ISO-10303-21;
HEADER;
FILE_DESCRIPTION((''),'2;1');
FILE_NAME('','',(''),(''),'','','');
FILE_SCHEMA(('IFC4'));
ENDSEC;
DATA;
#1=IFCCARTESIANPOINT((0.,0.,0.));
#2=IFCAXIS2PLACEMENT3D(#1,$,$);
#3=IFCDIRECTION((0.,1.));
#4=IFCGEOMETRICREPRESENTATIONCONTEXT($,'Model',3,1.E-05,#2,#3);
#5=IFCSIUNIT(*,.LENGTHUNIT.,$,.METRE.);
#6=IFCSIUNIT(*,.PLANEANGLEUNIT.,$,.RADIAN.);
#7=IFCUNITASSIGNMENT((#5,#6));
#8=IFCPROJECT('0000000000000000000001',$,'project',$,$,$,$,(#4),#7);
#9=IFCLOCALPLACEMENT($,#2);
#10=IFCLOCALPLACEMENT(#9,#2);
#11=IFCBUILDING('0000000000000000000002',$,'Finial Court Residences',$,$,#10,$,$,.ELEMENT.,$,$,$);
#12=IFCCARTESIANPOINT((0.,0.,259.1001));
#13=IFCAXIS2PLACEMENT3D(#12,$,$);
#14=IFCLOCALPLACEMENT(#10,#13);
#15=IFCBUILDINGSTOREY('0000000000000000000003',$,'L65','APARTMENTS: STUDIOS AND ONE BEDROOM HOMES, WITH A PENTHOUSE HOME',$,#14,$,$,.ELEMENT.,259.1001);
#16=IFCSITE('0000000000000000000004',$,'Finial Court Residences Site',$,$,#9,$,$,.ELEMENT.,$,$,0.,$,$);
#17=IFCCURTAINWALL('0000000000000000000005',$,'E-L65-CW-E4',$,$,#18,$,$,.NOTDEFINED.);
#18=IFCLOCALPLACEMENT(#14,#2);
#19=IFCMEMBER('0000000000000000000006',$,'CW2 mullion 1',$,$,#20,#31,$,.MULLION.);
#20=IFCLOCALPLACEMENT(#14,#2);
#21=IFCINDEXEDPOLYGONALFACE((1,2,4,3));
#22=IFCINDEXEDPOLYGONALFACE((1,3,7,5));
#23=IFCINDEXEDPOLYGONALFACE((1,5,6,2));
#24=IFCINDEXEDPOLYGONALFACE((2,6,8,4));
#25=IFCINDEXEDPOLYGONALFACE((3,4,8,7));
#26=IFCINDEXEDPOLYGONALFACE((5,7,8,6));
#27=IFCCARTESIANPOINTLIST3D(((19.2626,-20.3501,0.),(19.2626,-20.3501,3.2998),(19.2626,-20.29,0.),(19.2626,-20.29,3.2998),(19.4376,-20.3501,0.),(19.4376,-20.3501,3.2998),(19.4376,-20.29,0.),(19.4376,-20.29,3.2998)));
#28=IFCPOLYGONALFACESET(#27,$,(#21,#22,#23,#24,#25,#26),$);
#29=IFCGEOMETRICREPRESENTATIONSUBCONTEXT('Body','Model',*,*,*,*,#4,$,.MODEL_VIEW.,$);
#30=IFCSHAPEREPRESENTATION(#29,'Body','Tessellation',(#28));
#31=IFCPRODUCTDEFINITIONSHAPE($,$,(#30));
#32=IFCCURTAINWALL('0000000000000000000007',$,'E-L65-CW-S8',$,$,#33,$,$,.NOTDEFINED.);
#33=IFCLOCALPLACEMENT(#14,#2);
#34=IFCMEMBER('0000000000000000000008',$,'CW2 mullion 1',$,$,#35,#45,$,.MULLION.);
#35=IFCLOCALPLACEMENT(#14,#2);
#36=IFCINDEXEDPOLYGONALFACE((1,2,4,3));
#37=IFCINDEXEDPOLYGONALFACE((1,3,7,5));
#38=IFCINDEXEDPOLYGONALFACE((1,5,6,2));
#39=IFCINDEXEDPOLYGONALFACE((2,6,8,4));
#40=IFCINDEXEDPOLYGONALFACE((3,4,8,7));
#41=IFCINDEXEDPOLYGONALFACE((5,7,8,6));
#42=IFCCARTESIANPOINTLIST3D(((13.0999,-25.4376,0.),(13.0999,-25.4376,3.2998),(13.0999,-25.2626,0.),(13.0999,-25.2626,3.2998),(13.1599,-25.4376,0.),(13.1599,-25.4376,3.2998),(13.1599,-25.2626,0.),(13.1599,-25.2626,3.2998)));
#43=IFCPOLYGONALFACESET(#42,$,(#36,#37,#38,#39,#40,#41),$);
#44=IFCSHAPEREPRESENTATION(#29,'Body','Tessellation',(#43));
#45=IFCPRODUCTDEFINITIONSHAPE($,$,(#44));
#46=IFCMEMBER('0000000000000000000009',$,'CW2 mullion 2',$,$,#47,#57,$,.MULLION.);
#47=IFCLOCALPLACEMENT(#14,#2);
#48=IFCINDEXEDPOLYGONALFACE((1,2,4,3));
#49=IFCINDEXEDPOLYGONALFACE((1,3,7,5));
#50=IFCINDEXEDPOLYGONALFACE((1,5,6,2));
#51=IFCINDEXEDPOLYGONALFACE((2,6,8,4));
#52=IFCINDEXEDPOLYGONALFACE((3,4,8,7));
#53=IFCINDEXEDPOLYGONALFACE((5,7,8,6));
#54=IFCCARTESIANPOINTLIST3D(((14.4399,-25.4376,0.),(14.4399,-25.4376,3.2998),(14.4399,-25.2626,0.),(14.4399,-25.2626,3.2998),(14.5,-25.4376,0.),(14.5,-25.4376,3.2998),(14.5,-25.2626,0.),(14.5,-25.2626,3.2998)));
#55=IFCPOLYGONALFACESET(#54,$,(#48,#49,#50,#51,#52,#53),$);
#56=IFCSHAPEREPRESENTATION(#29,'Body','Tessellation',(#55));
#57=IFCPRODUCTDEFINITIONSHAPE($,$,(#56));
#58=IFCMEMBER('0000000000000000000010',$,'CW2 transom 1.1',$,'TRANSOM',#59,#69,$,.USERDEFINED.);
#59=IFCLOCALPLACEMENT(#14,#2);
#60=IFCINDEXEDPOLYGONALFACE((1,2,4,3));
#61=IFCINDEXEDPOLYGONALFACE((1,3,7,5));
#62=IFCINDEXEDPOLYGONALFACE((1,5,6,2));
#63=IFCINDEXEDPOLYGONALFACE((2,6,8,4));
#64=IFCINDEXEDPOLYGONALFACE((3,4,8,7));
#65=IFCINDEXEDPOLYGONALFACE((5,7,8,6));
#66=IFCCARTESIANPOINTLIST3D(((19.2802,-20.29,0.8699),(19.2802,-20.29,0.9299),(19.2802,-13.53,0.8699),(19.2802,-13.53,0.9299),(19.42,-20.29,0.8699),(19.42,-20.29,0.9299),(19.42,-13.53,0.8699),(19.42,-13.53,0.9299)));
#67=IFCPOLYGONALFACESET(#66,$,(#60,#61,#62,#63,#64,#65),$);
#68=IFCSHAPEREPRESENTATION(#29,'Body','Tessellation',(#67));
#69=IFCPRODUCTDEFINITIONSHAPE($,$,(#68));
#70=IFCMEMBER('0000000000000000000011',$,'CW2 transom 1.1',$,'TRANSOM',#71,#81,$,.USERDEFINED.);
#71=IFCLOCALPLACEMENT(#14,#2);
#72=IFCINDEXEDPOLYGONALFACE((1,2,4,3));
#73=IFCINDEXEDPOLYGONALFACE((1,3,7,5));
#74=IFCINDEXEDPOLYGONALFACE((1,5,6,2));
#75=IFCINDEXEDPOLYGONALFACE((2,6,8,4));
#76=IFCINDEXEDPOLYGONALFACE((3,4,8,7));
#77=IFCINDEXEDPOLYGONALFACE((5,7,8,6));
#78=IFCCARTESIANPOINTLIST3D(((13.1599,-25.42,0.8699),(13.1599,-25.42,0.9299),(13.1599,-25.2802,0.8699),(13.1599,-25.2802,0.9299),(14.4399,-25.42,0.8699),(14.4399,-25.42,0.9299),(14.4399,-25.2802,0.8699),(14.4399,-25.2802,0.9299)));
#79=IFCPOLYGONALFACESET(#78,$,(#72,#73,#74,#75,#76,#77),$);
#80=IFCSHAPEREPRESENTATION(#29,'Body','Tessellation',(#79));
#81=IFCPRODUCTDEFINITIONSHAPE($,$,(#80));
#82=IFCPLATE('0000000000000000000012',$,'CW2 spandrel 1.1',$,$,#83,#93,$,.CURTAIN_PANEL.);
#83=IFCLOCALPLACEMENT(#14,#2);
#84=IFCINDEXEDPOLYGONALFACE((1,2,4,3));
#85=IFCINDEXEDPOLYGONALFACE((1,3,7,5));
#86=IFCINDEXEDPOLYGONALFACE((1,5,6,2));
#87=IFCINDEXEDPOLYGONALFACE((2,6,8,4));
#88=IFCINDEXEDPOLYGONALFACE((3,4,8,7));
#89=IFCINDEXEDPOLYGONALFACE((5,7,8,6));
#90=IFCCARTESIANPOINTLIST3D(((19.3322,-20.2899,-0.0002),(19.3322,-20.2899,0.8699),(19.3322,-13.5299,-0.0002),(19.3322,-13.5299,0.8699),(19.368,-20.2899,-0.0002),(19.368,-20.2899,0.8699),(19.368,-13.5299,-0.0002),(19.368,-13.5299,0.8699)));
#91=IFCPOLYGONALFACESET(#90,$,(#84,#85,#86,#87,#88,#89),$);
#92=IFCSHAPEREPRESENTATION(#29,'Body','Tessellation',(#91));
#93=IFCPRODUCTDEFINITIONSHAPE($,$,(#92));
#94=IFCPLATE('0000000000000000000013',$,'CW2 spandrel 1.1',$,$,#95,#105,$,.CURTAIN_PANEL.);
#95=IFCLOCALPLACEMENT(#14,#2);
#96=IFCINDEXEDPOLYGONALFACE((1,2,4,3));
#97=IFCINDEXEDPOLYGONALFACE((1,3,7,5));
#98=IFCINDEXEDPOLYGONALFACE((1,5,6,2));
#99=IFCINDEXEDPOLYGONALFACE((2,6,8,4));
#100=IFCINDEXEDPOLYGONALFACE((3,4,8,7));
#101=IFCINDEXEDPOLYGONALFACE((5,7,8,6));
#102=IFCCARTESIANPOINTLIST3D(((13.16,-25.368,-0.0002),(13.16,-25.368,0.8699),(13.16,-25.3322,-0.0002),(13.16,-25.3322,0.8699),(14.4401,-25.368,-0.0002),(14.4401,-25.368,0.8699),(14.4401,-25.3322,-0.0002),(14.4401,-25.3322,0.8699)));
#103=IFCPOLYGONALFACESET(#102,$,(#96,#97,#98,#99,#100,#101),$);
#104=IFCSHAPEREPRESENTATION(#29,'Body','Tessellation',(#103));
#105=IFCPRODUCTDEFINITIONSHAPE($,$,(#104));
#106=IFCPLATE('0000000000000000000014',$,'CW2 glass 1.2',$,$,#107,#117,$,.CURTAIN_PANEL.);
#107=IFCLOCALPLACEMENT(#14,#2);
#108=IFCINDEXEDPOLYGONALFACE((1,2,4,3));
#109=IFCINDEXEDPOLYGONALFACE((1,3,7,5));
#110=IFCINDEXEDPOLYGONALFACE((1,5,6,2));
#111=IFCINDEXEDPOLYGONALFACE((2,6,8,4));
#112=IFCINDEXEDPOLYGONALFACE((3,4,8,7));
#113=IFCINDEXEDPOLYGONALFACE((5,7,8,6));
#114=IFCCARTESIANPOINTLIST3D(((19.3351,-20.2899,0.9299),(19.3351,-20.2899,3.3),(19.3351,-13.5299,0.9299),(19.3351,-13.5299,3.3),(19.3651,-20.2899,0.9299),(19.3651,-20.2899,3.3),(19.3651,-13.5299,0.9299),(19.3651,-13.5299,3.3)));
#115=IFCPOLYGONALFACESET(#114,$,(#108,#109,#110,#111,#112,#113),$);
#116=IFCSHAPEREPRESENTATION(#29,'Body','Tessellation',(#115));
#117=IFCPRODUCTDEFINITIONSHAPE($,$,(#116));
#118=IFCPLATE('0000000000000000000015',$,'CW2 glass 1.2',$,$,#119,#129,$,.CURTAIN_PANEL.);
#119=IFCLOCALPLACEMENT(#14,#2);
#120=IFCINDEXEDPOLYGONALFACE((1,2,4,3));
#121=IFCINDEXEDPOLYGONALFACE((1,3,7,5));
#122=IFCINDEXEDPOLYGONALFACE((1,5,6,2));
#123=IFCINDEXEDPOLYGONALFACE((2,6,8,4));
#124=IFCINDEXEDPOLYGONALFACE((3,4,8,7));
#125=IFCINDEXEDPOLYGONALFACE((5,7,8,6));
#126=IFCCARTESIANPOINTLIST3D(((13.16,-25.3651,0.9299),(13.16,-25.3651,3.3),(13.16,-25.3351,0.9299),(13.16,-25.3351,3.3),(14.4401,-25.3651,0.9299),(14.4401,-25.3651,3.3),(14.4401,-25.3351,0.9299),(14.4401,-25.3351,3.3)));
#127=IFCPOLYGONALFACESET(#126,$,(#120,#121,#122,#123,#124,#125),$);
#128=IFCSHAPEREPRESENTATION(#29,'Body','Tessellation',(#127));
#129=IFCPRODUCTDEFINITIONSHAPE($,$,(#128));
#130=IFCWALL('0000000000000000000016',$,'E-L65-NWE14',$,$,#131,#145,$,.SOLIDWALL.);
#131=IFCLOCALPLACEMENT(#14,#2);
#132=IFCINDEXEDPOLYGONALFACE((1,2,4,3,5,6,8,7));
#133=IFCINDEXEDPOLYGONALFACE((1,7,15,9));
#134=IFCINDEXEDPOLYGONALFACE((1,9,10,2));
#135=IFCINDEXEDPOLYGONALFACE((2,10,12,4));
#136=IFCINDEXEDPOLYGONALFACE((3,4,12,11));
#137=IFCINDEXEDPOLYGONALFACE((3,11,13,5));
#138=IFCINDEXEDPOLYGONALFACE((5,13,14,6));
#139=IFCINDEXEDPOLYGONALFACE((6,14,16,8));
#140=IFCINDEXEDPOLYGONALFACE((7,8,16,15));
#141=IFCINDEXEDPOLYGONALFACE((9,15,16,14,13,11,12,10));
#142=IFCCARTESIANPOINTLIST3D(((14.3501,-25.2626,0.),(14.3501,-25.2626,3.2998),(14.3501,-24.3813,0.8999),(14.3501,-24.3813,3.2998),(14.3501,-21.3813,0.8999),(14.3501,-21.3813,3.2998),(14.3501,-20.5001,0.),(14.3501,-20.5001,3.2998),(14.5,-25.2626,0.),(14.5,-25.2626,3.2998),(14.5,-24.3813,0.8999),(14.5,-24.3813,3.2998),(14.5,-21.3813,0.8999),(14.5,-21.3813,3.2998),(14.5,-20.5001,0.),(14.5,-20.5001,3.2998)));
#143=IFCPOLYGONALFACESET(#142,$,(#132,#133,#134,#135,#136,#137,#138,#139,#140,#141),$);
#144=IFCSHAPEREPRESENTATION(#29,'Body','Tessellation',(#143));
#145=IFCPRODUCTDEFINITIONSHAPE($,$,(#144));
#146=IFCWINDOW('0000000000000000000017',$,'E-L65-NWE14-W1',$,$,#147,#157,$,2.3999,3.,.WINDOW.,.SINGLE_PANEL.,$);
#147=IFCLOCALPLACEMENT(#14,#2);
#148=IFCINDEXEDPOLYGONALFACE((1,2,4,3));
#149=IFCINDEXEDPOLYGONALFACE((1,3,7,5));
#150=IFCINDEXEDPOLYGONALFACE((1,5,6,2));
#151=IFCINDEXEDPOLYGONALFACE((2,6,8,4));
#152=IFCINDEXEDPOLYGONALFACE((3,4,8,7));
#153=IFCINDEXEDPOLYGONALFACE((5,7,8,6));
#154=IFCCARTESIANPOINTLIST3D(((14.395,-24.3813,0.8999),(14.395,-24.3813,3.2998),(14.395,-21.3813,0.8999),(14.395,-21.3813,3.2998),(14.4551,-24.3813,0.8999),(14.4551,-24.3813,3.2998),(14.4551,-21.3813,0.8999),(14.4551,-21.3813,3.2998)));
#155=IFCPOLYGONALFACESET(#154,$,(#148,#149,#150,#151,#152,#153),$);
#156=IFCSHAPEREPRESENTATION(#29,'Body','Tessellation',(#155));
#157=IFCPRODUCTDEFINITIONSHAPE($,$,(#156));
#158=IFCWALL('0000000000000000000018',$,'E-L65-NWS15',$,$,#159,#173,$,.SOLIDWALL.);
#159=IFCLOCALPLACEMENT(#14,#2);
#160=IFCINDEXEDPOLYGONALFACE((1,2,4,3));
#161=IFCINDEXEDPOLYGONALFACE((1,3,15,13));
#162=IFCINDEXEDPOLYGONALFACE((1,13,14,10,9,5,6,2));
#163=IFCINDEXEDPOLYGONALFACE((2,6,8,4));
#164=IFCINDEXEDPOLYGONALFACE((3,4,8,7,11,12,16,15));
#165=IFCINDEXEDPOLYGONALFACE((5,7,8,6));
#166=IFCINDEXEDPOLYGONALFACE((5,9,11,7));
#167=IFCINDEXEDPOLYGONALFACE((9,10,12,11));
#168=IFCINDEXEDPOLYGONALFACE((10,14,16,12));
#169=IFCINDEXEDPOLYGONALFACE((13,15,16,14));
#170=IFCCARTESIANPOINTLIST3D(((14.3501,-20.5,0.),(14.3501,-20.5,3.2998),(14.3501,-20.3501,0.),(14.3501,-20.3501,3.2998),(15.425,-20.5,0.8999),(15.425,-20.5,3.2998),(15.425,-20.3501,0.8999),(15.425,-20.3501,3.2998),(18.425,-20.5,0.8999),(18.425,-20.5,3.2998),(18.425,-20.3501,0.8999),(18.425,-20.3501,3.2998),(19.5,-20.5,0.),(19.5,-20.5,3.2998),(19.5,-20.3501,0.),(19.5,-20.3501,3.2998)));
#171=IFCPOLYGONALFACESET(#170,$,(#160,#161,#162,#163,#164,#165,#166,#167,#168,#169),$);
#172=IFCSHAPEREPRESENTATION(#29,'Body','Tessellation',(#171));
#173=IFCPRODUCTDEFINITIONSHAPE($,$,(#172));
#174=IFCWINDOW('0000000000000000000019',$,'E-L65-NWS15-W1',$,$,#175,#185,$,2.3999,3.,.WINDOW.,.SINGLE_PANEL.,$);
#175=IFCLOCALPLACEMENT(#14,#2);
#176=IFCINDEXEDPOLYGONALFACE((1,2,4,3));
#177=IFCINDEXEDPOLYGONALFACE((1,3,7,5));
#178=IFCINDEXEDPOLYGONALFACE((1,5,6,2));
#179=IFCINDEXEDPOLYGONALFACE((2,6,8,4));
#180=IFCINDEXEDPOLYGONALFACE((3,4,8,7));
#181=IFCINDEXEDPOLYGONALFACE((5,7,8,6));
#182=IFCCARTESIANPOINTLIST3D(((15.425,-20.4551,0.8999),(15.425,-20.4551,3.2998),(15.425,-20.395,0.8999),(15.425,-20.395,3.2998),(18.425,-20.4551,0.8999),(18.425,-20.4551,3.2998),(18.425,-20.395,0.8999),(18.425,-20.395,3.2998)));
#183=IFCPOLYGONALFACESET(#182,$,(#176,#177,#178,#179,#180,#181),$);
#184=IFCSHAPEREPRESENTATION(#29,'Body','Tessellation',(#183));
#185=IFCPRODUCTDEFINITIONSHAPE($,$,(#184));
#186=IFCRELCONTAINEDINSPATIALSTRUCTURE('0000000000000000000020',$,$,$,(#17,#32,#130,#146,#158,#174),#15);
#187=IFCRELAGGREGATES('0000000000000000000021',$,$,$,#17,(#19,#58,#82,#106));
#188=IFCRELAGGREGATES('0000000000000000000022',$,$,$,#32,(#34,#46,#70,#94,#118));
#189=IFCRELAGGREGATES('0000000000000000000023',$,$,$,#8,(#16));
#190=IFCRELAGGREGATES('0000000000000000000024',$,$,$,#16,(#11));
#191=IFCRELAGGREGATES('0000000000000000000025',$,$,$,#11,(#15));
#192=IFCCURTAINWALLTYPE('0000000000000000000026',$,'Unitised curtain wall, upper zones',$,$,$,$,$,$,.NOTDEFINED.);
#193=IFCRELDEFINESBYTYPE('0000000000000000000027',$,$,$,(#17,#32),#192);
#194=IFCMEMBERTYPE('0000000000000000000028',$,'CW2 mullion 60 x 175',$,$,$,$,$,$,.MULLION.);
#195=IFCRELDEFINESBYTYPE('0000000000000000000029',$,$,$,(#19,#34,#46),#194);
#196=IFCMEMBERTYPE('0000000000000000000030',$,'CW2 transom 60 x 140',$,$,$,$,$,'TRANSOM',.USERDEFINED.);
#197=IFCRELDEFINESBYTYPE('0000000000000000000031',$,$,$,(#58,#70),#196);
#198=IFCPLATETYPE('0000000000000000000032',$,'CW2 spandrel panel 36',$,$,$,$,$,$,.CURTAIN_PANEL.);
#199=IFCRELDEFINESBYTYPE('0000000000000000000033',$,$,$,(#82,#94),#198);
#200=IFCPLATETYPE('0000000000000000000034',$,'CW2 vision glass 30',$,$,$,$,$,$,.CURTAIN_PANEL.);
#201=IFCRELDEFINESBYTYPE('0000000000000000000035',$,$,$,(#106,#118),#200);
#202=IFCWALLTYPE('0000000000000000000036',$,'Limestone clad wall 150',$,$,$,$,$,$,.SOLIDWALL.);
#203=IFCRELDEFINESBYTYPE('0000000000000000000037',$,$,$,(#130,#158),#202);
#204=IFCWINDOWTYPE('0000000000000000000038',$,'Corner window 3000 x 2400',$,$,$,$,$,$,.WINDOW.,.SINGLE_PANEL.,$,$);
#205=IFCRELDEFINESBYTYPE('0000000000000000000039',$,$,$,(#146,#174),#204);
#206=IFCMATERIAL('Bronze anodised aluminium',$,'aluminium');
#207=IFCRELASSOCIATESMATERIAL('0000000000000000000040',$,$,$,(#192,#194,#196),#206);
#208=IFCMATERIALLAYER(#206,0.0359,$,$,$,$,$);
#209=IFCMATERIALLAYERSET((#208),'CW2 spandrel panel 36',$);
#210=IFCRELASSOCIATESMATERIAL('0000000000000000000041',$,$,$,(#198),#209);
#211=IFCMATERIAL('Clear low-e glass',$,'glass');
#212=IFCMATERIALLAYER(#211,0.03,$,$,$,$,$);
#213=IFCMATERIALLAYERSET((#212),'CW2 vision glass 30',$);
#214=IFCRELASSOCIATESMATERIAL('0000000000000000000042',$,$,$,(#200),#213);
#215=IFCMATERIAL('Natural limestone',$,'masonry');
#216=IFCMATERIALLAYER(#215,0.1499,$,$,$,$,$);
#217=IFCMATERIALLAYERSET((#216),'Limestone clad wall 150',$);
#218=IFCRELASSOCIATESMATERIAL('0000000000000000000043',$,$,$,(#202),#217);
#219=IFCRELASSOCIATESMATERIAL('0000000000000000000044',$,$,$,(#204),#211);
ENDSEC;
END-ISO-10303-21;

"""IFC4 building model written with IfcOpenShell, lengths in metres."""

from ifc_helpers import new_model, si_unit, direction, frame, frame_2d, origin, origin_2d, place, context, subcontext, project, spatial, rectangle, extrude, material, layer, layer_set, material_profile, profile_set, type_object, element, fill, aggregate, save


model = new_model("IFC4")

# Units and contexts
model_context = context("Model", 3, precision=1e-05, world=origin(), true_north=direction((0.0, 1.0)))
body_context = subcontext(model_context, "Body", "Model", "MODEL_VIEW")
ifc_project = project(units=[si_unit("LENGTHUNIT", "METRE"), si_unit("PLANEANGLEUNIT", "RADIAN")], contexts=[model_context])

# Site, building, storey
site_placement = place(None, origin())
site = spatial("IfcSite", under=ifc_project, at=site_placement, Name="Finial Court Residences Site", CompositionType="ELEMENT", RefElevation=0.0)
building_placement = place(site_placement, origin())
building = spatial("IfcBuilding", under=site, at=building_placement, Name="Finial Court Residences", CompositionType="ELEMENT")
storey_placement = place(building_placement, frame((0.0, 0.0, 259.1001)))
storey = spatial("IfcBuildingStorey", under=building, at=storey_placement, Name="L65", Description="APARTMENTS: STUDIOS AND ONE BEDROOM HOMES, WITH A PENTHOUSE HOME", CompositionType="ELEMENT", Elevation=259.1001)

# Curtain wall, member
ifc_material_1 = material(Name="Bronze anodised aluminium", Category="aluminium")
curtain_wall_type = type_object("IfcCurtainWallType", Name="Unitised curtain wall, upper zones", PredefinedType="NOTDEFINED", material=ifc_material_1)
curtain_wall_1_placement = place(storey_placement, origin())
curtain_wall_1 = element("IfcCurtainWall", 1, at=curtain_wall_1_placement, inside=storey, type_object=curtain_wall_type, Name="E-L65-CW-E4", PredefinedType="NOTDEFINED")
ifc_material_profile_1 = material_profile(ifc_material_1, rectangle(XDim=0.175, YDim=0.0601, at=origin_2d()), Name="CW2 mullion 60 x 175")
ifc_profile_set_1 = profile_set([ifc_material_profile_1], Name="Bronze anodised aluminium")
member_type_1 = type_object("IfcMemberType", Name="CW2 mullion 60 x 175", PredefinedType="MULLION", material=ifc_profile_set_1)
member_1_placement = place(storey_placement, frame((19.3501, -20.3201, 0.0), z_axis=(0.0, 0.0, 1.0), x_axis=(-1.0, 0.0, 0.0)))
member_1 = element("IfcMember", 2, at=member_1_placement, type_object=member_type_1, Name="CW2 mullion 1", PredefinedType="MULLION", context=body_context, shape_type="SweptSolid", body=[
    extrude(rectangle(XDim=0.175, YDim=0.0601, at=origin_2d()), origin(), (0.0, 0.0, 1.0), 3.2998),
])

# Curtain wall, members
curtain_wall_2_placement = place(storey_placement, origin())
curtain_wall_2 = element("IfcCurtainWall", 3, at=curtain_wall_2_placement, inside=storey, type_object=curtain_wall_type, Name="E-L65-CW-S8", PredefinedType="NOTDEFINED")
member_2_placement = place(storey_placement, frame((13.1299, -25.3501, 0.0), z_axis=(0.0, 0.0, 1.0), x_axis=(0.0, 1.0, 0.0)))
member_2 = element("IfcMember", 4, at=member_2_placement, type_object=member_type_1, Name="CW2 mullion 1", PredefinedType="MULLION", context=body_context, shape_type="SweptSolid", body=[
    extrude(rectangle(XDim=0.175, YDim=0.0601, at=origin_2d()), origin(), (0.0, 0.0, 1.0), 3.2998),
])
member_3_placement = place(storey_placement, frame((14.47, -25.3501, 0.0), z_axis=(0.0, 0.0, 1.0), x_axis=(0.0, 1.0, 0.0)))
member_3 = element("IfcMember", 5, at=member_3_placement, type_object=member_type_1, Name="CW2 mullion 2", PredefinedType="MULLION", context=body_context, shape_type="SweptSolid", body=[
    extrude(rectangle(XDim=0.175, YDim=0.0601, at=origin_2d()), origin(), (0.0, 0.0, 1.0), 3.2998),
])

# Members
ifc_material_profile_2 = material_profile(ifc_material_1, rectangle(XDim=0.1399, YDim=0.0601, at=origin_2d()), Name="CW2 transom 60 x 140")
ifc_profile_set_2 = profile_set([ifc_material_profile_2], Name="Bronze anodised aluminium")
member_type_2 = type_object("IfcMemberType", Name="CW2 transom 60 x 140", ElementType="TRANSOM", PredefinedType="USERDEFINED", material=ifc_profile_set_2)
member_4_placement = place(storey_placement, frame((19.3501, -20.29, 0.8999), z_axis=(0.0, 1.0, 0.0), x_axis=(-1.0, 0.0, 0.0)))
member_4 = element("IfcMember", 6, at=member_4_placement, type_object=member_type_2, Name="CW2 transom 1.1", ObjectType="TRANSOM", PredefinedType="USERDEFINED", context=body_context, shape_type="SweptSolid", body=[
    extrude(rectangle(XDim=0.1399, YDim=0.0601, at=origin_2d()), origin(), (0.0, 0.0, 1.0), 6.76),
])
member_5_placement = place(storey_placement, frame((13.1599, -25.3501, 0.8999), z_axis=(1.0, 0.0, 0.0), x_axis=(0.0, 1.0, 0.0)))
member_5 = element("IfcMember", 7, at=member_5_placement, type_object=member_type_2, Name="CW2 transom 1.1", ObjectType="TRANSOM", PredefinedType="USERDEFINED", context=body_context, shape_type="SweptSolid", body=[
    extrude(rectangle(XDim=0.1399, YDim=0.0601, at=origin_2d()), origin(), (0.0, 0.0, 1.0), 1.28),
])

# Plates
ifc_layer_1 = layer(ifc_material_1, 0.0359)
ifc_layer_set_1 = layer_set([ifc_layer_1], Name="CW2 spandrel panel 36")
plate_type_1 = type_object("IfcPlateType", Name="CW2 spandrel panel 36", PredefinedType="CURTAIN_PANEL", material=ifc_layer_set_1)
plate_1_placement = place(storey_placement, frame((19.3501, -16.9099, -0.0002), z_axis=(0.0, 0.0, 1.0), x_axis=(0.0, 1.0, 0.0)))
plate_1 = element("IfcPlate", 8, at=plate_1_placement, type_object=plate_type_1, Name="CW2 spandrel 1.1", PredefinedType="CURTAIN_PANEL", context=body_context, shape_type="SweptSolid", body=[
    extrude(rectangle(XDim=6.76, YDim=0.0359, at=origin_2d()), origin(), (0.0, 0.0, 1.0), 0.8701),
])
plate_2_placement = place(storey_placement, frame((13.8, -25.3501, -0.0002), z_axis=(0.0, 0.0, 1.0), x_axis=(1.0, 0.0, 0.0)))
plate_2 = element("IfcPlate", 9, at=plate_2_placement, type_object=plate_type_1, Name="CW2 spandrel 1.1", PredefinedType="CURTAIN_PANEL", context=body_context, shape_type="SweptSolid", body=[
    extrude(rectangle(XDim=1.28, YDim=0.0359, at=origin_2d()), origin(), (0.0, 0.0, 1.0), 0.8701),
])
ifc_material_2 = material(Name="Clear low-e glass", Category="glass")
ifc_layer_2 = layer(ifc_material_2, 0.03)
ifc_layer_set_2 = layer_set([ifc_layer_2], Name="CW2 vision glass 30")
plate_type_2 = type_object("IfcPlateType", Name="CW2 vision glass 30", PredefinedType="CURTAIN_PANEL", material=ifc_layer_set_2)
plate_3_placement = place(storey_placement, frame((19.3501, -16.9099, 0.9299), z_axis=(0.0, 0.0, 1.0), x_axis=(0.0, 1.0, 0.0)))
plate_3 = element("IfcPlate", 10, at=plate_3_placement, type_object=plate_type_2, Name="CW2 glass 1.2", PredefinedType="CURTAIN_PANEL", context=body_context, shape_type="SweptSolid", body=[
    extrude(rectangle(XDim=6.76, YDim=0.03, at=origin_2d()), origin(), (0.0, 0.0, 1.0), 2.3701),
])
aggregate(curtain_wall_1, [member_1, member_4, plate_1, plate_3])
plate_4_placement = place(storey_placement, frame((13.8, -25.3501, 0.9299), z_axis=(0.0, 0.0, 1.0), x_axis=(1.0, 0.0, 0.0)))
plate_4 = element("IfcPlate", 11, at=plate_4_placement, type_object=plate_type_2, Name="CW2 glass 1.2", PredefinedType="CURTAIN_PANEL", context=body_context, shape_type="SweptSolid", body=[
    extrude(rectangle(XDim=1.28, YDim=0.03, at=origin_2d()), origin(), (0.0, 0.0, 1.0), 2.3701),
])
aggregate(curtain_wall_2, [member_2, member_3, member_5, plate_2, plate_4])

# Walls, openings, windows
ifc_material_3 = material(Name="Natural limestone", Category="masonry")
ifc_layer_3 = layer(ifc_material_3, 0.1499)
ifc_layer_set_3 = layer_set([ifc_layer_3], Name="Limestone clad wall 150")
wall_type = type_object("IfcWallType", Name="Limestone clad wall 150", PredefinedType="SOLIDWALL", material=ifc_layer_set_3)
wall_1_placement = place(storey_placement, frame((14.425, -20.5, 0.0), z_axis=(0.0, 0.0, 1.0), x_axis=(0.0, -1.0, 0.0)))
wall_1 = element("IfcWall", 12, at=wall_1_placement, inside=storey, type_object=wall_type, Name="E-L65-NWE14", PredefinedType="SOLIDWALL", context=body_context, shape_type="SweptSolid", body=[
    extrude(rectangle(XDim=4.7625, YDim=0.1499, at=frame_2d((2.3813, 0.0))), origin(), (0.0, 0.0, 1.0), 3.2998),
])
opening_1_placement = place(wall_1_placement, frame((0.8813, 0.0, 0.8999)))
opening_1 = element("IfcOpeningElement", 13, at=opening_1_placement, cuts=wall_1, PredefinedType="OPENING", context=body_context, shape_type="SweptSolid", body=[
    extrude(rectangle(XDim=3.0, YDim=2.3999, at=frame_2d((1.5, 1.2))), frame((0.0, 0.085, 0.0), z_axis=(0.0, -1.0, 0.0), x_axis=(1.0, 0.0, 0.0)), (0.0, 0.0, 1.0), 0.1699),
])
window_type = type_object("IfcWindowType", Name="Corner window 3000 x 2400", PartitioningType="SINGLE_PANEL", PredefinedType="WINDOW", material=ifc_material_2)
window_1_placement = place(opening_1_placement, origin())
window_1 = element("IfcWindow", 14, at=window_1_placement, inside=storey, type_object=window_type, Name="E-L65-NWE14-W1", OverallHeight=2.3999, OverallWidth=3.0, PartitioningType="SINGLE_PANEL", PredefinedType="WINDOW", context=body_context, shape_type="SweptSolid", body=[
    extrude(rectangle(XDim=3.0, YDim=2.3999, at=frame_2d((1.5, 1.2))), frame((0.0, 0.03, 0.0), z_axis=(0.0, -1.0, 0.0), x_axis=(1.0, 0.0, 0.0)), (0.0, 0.0, 1.0), 0.0601),
])
fill(opening_1, window_1)
wall_2_placement = place(storey_placement, frame((19.5, -20.425, 0.0), z_axis=(0.0, 0.0, 1.0), x_axis=(-1.0, 0.0, 0.0)))
wall_2 = element("IfcWall", 15, at=wall_2_placement, inside=storey, type_object=wall_type, Name="E-L65-NWS15", PredefinedType="SOLIDWALL", context=body_context, shape_type="SweptSolid", body=[
    extrude(rectangle(XDim=5.1499, YDim=0.1499, at=frame_2d((2.575, 0.0))), origin(), (0.0, 0.0, 1.0), 3.2998),
])
opening_2_placement = place(wall_2_placement, frame((1.075, 0.0, 0.8999)))
opening_2 = element("IfcOpeningElement", 16, at=opening_2_placement, cuts=wall_2, PredefinedType="OPENING", context=body_context, shape_type="SweptSolid", body=[
    extrude(rectangle(XDim=3.0, YDim=2.3999, at=frame_2d((1.5, 1.2))), frame((0.0, 0.085, 0.0), z_axis=(0.0, -1.0, 0.0), x_axis=(1.0, 0.0, 0.0)), (0.0, 0.0, 1.0), 0.1699),
])
window_2_placement = place(opening_2_placement, origin())
window_2 = element("IfcWindow", 17, at=window_2_placement, inside=storey, type_object=window_type, Name="E-L65-NWS15-W1", OverallHeight=2.3999, OverallWidth=3.0, PartitioningType="SINGLE_PANEL", PredefinedType="WINDOW", context=body_context, shape_type="SweptSolid", body=[
    extrude(rectangle(XDim=3.0, YDim=2.3999, at=frame_2d((1.5, 1.2))), frame((0.0, 0.03, 0.0), z_axis=(0.0, -1.0, 0.0), x_axis=(1.0, 0.0, 0.0)), (0.0, 0.0, 1.0), 0.0601),
])
fill(opening_2, window_2)

save(model, "model.ifc")
